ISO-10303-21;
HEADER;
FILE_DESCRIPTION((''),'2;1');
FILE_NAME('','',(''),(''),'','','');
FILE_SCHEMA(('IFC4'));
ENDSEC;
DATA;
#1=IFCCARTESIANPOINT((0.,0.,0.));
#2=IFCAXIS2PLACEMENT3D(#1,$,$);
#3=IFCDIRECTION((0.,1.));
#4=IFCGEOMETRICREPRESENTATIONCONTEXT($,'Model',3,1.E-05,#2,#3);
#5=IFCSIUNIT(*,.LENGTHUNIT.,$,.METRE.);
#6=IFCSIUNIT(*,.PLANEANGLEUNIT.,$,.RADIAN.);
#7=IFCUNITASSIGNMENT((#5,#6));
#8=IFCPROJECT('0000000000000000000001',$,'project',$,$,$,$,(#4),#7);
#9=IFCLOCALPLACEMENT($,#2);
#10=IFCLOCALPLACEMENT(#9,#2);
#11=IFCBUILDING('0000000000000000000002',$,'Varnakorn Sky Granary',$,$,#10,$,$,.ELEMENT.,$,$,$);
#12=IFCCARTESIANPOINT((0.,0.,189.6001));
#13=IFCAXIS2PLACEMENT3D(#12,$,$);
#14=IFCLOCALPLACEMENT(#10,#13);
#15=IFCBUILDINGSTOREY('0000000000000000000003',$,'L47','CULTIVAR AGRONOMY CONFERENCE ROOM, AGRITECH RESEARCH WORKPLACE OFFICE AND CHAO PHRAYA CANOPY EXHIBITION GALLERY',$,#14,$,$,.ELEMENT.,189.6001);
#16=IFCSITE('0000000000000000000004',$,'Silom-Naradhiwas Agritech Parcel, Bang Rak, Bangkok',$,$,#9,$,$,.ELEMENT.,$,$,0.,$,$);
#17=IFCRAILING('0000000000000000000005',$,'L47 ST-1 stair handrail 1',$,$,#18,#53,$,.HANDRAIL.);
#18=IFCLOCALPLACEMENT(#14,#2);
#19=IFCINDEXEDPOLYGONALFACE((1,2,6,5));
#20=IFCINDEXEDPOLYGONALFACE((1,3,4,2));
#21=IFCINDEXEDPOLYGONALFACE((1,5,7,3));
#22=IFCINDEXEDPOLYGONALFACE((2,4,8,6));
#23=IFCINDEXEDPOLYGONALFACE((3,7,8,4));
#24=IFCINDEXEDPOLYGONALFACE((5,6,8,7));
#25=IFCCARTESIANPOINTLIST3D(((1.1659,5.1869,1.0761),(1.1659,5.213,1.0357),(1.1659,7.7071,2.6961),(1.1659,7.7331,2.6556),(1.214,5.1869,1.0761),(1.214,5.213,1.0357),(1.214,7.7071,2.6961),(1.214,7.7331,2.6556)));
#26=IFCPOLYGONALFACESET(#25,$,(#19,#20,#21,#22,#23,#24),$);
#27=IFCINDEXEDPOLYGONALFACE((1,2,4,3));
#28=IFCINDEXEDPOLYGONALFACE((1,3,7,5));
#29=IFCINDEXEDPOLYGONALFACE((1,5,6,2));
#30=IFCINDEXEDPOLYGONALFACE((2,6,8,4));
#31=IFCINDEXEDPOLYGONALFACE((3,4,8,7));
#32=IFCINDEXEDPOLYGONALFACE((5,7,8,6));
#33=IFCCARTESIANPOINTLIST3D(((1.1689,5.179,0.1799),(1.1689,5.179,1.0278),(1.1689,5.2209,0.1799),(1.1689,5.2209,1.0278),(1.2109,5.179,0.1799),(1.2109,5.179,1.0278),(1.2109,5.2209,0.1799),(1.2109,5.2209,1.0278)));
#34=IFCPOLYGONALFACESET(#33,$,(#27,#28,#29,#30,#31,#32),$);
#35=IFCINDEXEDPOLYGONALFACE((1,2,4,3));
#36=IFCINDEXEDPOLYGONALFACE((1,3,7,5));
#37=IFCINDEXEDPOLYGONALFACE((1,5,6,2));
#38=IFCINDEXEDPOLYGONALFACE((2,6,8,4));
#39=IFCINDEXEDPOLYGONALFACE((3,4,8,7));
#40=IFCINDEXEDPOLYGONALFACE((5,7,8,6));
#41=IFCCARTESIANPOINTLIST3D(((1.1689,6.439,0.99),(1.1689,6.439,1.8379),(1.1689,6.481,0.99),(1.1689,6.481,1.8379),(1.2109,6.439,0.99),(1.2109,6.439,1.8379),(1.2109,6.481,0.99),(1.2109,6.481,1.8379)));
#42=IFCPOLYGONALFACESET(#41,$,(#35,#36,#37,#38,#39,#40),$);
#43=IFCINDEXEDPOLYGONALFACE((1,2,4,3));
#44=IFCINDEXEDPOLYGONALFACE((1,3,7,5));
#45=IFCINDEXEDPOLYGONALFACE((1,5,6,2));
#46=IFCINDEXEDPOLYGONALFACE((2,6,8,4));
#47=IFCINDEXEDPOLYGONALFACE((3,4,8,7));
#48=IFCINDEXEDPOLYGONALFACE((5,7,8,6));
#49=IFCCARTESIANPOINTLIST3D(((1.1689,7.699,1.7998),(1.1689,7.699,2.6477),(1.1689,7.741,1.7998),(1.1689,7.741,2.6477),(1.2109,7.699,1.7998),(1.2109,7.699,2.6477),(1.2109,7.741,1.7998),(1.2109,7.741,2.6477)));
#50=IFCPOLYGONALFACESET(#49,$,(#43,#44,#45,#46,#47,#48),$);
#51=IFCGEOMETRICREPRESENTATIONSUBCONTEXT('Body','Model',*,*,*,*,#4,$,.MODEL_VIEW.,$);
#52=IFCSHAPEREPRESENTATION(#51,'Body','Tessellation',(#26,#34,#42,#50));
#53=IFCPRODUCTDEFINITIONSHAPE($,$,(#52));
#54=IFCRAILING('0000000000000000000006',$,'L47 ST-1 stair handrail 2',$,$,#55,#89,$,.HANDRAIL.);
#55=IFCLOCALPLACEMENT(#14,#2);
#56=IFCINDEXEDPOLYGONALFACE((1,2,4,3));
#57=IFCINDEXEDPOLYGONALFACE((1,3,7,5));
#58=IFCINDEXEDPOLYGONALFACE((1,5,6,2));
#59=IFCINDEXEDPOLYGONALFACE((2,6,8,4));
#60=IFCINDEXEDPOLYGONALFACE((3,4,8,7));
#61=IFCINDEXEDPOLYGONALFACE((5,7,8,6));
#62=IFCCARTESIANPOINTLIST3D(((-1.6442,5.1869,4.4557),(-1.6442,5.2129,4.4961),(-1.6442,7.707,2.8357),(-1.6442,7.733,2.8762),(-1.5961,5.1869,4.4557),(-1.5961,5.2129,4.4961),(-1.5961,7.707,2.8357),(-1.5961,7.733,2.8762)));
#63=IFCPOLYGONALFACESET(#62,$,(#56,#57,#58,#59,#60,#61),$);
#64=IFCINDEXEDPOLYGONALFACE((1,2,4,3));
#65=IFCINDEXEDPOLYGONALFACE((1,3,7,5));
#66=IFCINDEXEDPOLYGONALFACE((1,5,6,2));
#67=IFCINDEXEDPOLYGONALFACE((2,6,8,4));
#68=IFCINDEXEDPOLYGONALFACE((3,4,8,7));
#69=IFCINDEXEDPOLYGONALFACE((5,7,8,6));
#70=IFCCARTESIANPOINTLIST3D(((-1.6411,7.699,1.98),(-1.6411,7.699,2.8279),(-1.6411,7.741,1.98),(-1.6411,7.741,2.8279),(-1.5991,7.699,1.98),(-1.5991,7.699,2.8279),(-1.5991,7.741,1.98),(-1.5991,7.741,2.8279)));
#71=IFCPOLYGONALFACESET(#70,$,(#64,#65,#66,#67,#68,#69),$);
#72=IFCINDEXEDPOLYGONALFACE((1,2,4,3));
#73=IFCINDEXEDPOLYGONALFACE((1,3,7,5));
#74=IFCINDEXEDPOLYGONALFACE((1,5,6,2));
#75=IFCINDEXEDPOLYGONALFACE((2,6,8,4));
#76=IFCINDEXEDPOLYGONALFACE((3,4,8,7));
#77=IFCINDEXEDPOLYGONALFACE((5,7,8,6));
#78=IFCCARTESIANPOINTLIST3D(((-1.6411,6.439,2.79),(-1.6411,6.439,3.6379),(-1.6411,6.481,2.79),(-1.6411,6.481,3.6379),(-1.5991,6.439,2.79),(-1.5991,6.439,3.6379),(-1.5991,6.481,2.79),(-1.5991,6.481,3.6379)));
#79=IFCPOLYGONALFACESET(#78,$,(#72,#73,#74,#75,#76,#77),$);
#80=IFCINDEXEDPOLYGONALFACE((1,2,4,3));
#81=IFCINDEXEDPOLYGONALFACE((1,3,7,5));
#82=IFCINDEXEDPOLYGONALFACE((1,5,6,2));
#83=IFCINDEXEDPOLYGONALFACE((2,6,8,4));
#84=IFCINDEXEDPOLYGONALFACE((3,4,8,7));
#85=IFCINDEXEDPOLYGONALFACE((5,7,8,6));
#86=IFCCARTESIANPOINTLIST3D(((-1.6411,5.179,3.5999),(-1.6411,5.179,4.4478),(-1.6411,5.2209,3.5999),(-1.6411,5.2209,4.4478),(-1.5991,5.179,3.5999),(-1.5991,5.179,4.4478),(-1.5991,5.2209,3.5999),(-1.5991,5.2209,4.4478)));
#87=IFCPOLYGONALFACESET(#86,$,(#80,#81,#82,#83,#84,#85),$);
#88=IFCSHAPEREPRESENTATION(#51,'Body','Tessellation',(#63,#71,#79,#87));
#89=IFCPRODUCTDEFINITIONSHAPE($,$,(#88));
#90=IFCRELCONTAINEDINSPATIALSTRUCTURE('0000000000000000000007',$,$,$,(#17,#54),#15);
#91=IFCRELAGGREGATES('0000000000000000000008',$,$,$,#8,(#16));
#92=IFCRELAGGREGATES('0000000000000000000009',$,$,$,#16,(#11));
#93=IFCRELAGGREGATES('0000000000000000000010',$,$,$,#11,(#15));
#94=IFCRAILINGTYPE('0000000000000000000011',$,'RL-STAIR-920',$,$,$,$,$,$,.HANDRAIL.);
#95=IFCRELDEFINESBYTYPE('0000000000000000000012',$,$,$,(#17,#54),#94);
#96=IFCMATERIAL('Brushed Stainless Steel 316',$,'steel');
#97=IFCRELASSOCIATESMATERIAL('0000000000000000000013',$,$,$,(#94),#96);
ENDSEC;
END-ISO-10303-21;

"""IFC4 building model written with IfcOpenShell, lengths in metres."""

from ifc_helpers import new_model, si_unit, direction, frame, origin, origin_2d, place, context, subcontext, project, spatial, rectangle, extrude, material, type_object, element, save


model = new_model("IFC4")

# Units and contexts
model_context = context("Model", 3, precision=1e-05, world=origin(), true_north=direction((0.0, 1.0)))
body_context = subcontext(model_context, "Body", "Model", "MODEL_VIEW")
ifc_project = project(units=[si_unit("LENGTHUNIT", "METRE"), si_unit("PLANEANGLEUNIT", "RADIAN")], contexts=[model_context])

# Site, building, storey
site_placement = place(None, origin())
site = spatial("IfcSite", under=ifc_project, at=site_placement, Name="Silom-Naradhiwas Agritech Parcel, Bang Rak, Bangkok", CompositionType="ELEMENT", RefElevation=0.0)
building_placement = place(site_placement, origin())
building = spatial("IfcBuilding", under=site, at=building_placement, Name="Varnakorn Sky Granary", CompositionType="ELEMENT")
storey_placement = place(building_placement, frame((0.0, 0.0, 189.6001)))
storey = spatial("IfcBuildingStorey", under=building, at=storey_placement, Name="L47", Description="CULTIVAR AGRONOMY CONFERENCE ROOM, AGRITECH RESEARCH WORKPLACE OFFICE AND CHAO PHRAYA CANOPY EXHIBITION GALLERY", CompositionType="ELEMENT", Elevation=189.6001)

# Railings
ifc_material_1 = material(Name="Brushed Stainless Steel 316", Category="steel")
railing_type_1 = type_object("IfcRailingType", Name="RL-STAIR-920", PredefinedType="HANDRAIL", material=ifc_material_1)
railing_1_placement = place(storey_placement, frame((1.1899, 5.2, 0.1799)))
element("IfcRailing", 1, at=railing_1_placement, inside=storey, type_object=railing_type_1, Name="L47 ST-1 stair handrail 1", PredefinedType="HANDRAIL", context=body_context, shape_type="SweptSolid", body=[
    extrude(rectangle(XDim=0.0481, YDim=0.0481, at=origin_2d()), frame((0.0, 0.0, 0.876), z_axis=(0.0, 0.8412, 0.540725), x_axis=(-1.0, 0.0, 0.0)), (0.0, 0.0, 1.0), 2.9958),
    extrude(rectangle(XDim=0.042, YDim=0.042, at=origin_2d()), origin(), (0.0, 0.0, 1.0), 0.8479),
    extrude(rectangle(XDim=0.042, YDim=0.042, at=origin_2d()), frame((0.0, 1.26, 0.8101)), (0.0, 0.0, 1.0), 0.8479),
    extrude(rectangle(XDim=0.042, YDim=0.042, at=origin_2d()), frame((0.0, 2.52, 1.6199)), (0.0, 0.0, 1.0), 0.8479),
])
railing_2_placement = place(storey_placement, frame((-1.6201, 7.72, 1.98)))
element("IfcRailing", 2, at=railing_2_placement, inside=storey, type_object=railing_type_1, Name="L47 ST-1 stair handrail 2", PredefinedType="HANDRAIL", context=body_context, shape_type="SweptSolid", body=[
    extrude(rectangle(XDim=0.0481, YDim=0.0481, at=origin_2d()), frame((0.0, 0.0, 0.876), z_axis=(0.0, -0.8412, 0.540725), x_axis=(1.0, 0.0, 0.0)), (0.0, 0.0, 1.0), 2.9958),
    extrude(rectangle(XDim=0.042, YDim=0.042, at=origin_2d()), origin(), (0.0, 0.0, 1.0), 0.8479),
    extrude(rectangle(XDim=0.042, YDim=0.042, at=origin_2d()), frame((0.0, -1.26, 0.8101)), (0.0, 0.0, 1.0), 0.8479),
    extrude(rectangle(XDim=0.042, YDim=0.042, at=origin_2d()), frame((0.0, -2.52, 1.6199)), (0.0, 0.0, 1.0), 0.8479),
])

save(model, "model.ifc")
